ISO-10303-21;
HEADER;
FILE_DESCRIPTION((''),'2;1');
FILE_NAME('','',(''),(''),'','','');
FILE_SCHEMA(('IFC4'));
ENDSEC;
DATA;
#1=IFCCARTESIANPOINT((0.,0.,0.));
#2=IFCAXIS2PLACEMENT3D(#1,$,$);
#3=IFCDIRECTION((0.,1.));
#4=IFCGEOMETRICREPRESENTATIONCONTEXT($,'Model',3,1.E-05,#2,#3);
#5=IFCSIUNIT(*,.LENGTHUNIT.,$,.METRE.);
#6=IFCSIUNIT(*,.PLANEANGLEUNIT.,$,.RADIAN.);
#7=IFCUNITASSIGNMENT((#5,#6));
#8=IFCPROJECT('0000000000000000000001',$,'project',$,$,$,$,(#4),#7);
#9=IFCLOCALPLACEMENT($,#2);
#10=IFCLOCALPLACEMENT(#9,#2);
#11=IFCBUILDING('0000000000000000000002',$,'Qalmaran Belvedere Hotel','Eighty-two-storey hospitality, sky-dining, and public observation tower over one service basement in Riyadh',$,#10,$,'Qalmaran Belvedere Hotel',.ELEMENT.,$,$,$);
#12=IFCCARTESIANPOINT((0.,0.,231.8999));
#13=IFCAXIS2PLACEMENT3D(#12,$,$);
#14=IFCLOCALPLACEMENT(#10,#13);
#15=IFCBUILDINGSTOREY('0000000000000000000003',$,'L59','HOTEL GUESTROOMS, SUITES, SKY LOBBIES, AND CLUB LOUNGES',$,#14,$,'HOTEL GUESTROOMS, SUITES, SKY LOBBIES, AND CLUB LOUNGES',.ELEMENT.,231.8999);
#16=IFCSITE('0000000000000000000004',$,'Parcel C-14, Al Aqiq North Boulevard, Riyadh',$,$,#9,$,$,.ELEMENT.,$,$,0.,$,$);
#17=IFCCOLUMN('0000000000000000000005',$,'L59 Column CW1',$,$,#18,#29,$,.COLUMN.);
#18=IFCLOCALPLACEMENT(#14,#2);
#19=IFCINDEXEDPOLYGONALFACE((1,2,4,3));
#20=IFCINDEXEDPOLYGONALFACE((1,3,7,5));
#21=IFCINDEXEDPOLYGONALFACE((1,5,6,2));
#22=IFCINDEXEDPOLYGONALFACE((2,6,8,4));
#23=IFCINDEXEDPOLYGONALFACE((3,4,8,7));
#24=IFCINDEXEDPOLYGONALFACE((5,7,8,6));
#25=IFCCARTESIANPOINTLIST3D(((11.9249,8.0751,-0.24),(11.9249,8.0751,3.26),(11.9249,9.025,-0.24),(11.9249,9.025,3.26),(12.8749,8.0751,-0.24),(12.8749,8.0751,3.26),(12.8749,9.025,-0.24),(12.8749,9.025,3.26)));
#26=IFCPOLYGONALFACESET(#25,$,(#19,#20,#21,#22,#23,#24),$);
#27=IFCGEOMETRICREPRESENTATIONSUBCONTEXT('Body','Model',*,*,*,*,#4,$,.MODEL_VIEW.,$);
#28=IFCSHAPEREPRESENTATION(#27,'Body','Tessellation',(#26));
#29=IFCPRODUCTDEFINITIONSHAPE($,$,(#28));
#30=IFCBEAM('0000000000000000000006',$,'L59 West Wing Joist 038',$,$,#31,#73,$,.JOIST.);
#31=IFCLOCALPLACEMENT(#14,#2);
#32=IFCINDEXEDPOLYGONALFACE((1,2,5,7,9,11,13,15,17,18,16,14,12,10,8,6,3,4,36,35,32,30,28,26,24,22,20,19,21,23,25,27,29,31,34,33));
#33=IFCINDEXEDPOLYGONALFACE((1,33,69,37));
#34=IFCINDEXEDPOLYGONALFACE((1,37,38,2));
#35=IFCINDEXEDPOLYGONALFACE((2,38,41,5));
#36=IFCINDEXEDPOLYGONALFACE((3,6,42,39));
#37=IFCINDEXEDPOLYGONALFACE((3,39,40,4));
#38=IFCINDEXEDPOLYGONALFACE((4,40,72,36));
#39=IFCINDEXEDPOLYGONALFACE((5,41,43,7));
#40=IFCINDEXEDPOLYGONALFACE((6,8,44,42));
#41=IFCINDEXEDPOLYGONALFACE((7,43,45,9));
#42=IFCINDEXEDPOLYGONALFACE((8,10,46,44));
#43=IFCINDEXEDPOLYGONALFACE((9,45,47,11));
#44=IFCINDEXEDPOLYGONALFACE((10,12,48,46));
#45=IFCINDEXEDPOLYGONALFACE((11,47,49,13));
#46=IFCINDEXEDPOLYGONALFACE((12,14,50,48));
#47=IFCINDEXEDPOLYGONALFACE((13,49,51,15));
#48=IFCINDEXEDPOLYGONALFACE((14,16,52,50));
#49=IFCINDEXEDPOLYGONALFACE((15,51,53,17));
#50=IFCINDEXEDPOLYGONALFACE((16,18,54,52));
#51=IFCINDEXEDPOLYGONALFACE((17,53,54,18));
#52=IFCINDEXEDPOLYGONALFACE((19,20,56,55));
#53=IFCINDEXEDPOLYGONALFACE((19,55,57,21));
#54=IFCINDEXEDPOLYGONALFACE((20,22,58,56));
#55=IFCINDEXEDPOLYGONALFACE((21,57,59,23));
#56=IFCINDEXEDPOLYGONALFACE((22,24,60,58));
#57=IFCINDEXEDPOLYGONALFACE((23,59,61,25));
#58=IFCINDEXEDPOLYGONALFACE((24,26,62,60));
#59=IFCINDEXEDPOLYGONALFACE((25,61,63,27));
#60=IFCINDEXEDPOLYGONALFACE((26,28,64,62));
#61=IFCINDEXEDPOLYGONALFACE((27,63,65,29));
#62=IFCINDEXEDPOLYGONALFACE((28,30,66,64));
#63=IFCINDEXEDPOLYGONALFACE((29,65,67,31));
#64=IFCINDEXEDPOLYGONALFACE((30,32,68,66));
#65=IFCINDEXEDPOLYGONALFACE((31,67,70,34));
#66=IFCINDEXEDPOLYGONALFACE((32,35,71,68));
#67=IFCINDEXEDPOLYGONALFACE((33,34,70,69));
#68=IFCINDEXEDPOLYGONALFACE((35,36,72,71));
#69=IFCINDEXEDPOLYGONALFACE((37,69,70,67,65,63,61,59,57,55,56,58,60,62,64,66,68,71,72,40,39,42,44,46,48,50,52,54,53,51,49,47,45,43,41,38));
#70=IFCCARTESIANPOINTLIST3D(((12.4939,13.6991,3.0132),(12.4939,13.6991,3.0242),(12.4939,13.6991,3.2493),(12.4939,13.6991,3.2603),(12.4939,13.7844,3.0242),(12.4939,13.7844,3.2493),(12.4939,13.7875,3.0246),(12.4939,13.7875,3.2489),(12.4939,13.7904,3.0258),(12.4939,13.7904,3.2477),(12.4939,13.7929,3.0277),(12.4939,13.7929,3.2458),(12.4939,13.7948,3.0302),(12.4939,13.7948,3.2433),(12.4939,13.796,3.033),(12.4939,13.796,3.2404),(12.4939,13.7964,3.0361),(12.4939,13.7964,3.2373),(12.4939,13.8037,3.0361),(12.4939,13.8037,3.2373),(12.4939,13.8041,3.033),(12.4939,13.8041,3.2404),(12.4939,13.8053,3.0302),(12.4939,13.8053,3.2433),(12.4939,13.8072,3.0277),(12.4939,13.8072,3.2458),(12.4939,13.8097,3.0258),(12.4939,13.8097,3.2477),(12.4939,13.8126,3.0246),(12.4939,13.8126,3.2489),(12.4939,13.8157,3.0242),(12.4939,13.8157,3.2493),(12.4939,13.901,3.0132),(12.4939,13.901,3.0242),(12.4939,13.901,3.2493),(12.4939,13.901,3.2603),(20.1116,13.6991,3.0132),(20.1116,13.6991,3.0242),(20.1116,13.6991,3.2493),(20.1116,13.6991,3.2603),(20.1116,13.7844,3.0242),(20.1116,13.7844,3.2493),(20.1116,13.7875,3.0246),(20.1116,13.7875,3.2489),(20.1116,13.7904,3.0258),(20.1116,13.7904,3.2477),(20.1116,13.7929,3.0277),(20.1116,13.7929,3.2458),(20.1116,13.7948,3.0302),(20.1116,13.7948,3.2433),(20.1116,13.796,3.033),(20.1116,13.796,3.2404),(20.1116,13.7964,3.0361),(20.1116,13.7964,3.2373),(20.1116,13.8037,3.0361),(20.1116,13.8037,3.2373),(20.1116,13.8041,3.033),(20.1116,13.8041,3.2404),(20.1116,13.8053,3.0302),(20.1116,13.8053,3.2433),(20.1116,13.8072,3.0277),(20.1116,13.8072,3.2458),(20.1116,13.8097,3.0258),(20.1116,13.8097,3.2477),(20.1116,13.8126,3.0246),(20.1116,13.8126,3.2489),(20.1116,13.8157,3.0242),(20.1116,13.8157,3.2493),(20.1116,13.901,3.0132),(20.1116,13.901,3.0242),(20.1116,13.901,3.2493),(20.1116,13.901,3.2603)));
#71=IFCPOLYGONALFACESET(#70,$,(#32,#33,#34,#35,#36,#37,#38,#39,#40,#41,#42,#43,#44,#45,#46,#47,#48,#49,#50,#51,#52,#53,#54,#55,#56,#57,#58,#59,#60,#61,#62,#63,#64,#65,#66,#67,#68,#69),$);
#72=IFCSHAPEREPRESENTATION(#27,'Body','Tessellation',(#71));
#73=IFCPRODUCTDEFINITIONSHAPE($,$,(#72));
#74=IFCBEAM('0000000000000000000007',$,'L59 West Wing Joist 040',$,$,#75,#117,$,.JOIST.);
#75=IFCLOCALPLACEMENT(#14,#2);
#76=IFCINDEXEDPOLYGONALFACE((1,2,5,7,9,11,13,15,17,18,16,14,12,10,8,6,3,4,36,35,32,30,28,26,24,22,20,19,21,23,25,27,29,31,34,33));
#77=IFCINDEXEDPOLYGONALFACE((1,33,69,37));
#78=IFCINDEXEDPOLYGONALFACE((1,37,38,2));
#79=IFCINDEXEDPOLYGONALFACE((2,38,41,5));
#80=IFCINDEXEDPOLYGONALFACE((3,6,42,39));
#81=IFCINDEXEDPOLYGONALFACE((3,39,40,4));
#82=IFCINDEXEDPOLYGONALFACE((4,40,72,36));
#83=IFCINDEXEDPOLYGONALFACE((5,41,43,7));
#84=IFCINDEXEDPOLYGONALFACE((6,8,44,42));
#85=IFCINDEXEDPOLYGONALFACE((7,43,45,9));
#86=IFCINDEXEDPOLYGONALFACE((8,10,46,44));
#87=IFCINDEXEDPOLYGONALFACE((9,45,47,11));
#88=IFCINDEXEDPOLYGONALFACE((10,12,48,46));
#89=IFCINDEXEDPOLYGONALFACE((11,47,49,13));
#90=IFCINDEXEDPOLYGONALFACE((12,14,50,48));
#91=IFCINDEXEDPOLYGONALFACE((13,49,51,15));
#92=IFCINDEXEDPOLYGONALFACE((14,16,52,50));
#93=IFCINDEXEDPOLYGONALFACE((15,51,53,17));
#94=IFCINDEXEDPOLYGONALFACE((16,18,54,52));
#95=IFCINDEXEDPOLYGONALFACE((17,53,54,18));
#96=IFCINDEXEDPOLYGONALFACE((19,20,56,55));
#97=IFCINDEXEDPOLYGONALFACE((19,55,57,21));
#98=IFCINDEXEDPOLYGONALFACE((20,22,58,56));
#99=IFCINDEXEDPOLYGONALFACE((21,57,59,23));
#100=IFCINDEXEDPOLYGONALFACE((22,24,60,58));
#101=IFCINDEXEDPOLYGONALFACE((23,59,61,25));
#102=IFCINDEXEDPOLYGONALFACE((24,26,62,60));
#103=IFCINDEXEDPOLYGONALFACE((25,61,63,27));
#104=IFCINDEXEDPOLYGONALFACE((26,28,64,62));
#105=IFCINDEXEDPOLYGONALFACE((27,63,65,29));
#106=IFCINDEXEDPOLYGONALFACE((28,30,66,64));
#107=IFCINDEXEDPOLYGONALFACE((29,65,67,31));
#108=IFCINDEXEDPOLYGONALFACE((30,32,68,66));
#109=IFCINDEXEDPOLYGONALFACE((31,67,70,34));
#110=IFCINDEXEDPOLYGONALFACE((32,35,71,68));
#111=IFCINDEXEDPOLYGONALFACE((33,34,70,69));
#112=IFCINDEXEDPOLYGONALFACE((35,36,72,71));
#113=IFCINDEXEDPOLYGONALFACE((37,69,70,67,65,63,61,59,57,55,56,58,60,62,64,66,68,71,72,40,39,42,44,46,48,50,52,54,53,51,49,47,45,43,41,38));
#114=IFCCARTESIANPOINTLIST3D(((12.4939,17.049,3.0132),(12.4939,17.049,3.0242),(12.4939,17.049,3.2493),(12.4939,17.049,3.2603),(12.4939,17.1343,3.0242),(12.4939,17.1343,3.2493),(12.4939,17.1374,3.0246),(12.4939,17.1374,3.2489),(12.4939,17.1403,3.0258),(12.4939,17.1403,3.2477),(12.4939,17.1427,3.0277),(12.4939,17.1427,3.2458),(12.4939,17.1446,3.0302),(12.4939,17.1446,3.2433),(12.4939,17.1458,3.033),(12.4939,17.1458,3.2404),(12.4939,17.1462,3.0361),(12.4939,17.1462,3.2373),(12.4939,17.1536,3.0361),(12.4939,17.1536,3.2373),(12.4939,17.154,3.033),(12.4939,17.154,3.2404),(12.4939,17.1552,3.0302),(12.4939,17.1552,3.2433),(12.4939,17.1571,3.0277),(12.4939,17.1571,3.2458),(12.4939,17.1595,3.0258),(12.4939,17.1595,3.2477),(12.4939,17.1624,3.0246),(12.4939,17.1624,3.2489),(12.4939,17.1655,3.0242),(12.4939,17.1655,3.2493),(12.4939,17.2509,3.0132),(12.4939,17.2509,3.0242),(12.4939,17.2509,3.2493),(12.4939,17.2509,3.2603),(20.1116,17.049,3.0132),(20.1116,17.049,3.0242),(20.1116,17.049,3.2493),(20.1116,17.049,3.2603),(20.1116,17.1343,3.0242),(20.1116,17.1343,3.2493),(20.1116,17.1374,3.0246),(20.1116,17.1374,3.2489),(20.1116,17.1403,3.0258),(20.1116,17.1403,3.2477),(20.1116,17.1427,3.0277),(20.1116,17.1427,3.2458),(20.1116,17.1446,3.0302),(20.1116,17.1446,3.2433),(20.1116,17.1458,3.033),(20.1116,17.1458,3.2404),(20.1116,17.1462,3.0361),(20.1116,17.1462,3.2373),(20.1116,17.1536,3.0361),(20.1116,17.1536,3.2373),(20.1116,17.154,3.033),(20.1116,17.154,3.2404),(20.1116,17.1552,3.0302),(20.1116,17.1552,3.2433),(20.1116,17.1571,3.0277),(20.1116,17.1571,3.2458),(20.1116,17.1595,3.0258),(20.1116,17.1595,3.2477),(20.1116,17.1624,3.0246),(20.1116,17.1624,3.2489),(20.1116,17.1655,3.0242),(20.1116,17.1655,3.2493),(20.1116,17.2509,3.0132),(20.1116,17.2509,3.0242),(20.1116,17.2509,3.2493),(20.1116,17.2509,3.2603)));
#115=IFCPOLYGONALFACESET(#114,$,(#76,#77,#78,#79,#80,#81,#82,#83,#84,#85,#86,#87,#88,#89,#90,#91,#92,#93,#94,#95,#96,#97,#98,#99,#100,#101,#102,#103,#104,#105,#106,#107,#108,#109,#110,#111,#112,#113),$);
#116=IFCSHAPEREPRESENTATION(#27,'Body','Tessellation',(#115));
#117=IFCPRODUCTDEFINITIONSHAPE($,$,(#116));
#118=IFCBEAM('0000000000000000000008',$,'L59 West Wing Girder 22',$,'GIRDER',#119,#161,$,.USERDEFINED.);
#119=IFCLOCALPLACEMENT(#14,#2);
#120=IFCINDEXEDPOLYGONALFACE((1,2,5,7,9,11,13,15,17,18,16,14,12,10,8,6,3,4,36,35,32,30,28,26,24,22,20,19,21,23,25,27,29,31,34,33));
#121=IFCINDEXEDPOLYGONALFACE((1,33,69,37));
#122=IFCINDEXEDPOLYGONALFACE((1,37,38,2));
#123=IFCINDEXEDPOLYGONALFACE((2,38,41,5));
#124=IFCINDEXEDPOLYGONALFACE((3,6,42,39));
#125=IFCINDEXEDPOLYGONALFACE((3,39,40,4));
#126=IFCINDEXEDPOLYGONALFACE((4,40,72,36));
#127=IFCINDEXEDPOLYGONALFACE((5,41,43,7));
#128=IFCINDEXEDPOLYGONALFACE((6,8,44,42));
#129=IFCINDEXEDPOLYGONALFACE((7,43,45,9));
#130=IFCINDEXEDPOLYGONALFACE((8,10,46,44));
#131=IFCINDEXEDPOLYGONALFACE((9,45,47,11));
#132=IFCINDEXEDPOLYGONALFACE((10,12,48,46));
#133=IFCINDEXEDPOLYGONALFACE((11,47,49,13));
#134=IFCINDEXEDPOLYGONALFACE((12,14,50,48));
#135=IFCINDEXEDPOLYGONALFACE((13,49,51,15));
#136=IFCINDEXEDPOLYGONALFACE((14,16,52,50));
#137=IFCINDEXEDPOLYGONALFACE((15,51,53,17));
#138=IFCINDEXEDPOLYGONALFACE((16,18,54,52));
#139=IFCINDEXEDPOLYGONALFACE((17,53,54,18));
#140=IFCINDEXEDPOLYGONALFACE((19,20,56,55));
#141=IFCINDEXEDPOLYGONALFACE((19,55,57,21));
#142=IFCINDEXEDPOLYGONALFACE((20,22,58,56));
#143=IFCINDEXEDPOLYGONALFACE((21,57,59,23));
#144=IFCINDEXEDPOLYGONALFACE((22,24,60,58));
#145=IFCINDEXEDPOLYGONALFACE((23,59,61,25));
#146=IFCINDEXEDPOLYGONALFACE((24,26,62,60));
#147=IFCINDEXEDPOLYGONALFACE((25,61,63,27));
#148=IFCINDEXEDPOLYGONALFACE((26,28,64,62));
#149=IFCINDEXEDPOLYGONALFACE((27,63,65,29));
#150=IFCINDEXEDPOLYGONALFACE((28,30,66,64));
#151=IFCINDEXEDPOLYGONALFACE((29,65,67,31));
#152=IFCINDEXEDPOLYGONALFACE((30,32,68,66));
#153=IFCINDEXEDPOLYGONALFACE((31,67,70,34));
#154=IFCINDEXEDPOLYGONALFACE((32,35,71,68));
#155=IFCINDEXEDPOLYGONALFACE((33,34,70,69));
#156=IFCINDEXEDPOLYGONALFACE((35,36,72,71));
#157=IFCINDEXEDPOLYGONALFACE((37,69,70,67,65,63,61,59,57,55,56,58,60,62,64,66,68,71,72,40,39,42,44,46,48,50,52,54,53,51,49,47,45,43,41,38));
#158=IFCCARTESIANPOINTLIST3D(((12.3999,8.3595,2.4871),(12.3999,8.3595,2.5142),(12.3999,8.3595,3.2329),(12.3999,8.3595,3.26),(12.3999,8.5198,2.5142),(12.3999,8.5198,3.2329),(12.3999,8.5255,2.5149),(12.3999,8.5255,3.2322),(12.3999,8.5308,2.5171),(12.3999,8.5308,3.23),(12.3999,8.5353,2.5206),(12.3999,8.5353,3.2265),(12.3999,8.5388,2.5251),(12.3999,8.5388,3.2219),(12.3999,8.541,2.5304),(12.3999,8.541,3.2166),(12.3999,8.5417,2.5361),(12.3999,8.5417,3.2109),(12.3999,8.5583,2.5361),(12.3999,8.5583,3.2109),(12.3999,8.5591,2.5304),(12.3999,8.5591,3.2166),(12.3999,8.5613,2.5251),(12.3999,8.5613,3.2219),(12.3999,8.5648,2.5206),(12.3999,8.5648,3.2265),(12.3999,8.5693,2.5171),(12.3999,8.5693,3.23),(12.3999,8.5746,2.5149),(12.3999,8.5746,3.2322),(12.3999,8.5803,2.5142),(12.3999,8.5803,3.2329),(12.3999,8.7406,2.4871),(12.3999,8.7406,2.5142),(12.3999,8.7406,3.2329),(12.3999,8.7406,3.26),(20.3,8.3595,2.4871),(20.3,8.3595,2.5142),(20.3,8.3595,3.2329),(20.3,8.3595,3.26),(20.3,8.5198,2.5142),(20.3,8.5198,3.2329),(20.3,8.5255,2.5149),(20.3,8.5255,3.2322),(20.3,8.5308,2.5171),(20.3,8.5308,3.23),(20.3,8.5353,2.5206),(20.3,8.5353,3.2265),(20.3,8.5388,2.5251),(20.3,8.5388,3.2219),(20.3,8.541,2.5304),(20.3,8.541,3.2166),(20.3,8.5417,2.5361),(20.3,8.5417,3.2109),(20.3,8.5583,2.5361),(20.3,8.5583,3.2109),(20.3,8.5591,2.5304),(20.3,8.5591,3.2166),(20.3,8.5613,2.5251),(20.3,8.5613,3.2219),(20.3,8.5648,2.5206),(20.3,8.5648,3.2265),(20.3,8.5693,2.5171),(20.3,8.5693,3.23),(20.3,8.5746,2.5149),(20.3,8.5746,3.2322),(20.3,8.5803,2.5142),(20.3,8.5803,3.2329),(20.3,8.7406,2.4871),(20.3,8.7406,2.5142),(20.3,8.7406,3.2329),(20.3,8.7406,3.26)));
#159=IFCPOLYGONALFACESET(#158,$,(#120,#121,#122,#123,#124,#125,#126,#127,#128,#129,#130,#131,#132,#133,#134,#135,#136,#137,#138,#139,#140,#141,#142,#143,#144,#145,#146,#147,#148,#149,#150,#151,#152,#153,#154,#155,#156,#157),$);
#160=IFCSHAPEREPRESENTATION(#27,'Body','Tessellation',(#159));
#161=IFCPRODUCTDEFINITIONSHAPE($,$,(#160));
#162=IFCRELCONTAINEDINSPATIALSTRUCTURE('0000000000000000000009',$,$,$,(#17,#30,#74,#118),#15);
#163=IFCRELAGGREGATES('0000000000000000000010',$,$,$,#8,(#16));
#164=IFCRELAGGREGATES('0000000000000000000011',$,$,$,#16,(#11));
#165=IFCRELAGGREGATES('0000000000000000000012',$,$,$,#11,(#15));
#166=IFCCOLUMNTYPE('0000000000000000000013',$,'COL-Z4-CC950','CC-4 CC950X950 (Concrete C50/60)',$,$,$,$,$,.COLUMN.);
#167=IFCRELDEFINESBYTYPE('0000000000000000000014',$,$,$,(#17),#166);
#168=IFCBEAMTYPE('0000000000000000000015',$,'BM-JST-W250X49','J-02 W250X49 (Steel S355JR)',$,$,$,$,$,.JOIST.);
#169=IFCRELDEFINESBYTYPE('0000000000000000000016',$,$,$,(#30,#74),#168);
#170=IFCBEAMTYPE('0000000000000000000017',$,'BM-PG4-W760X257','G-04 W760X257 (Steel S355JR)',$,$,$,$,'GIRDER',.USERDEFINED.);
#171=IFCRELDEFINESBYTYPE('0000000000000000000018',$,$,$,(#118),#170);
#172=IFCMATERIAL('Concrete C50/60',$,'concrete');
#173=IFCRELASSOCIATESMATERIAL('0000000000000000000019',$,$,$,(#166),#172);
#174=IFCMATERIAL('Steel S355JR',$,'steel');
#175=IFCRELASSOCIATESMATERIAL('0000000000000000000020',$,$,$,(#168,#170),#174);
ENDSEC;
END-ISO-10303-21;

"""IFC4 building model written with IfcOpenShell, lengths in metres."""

from ifc_helpers import new_model, si_unit, direction, frame, origin, origin_2d, place, context, subcontext, project, spatial, rectangle, i_section, extrude, material, material_profile, profile_set, type_object, element, save


model = new_model("IFC4")

# Units and contexts
model_context = context("Model", 3, precision=1e-05, world=origin(), true_north=direction((0.0, 1.0)))
body_context = subcontext(model_context, "Body", "Model", "MODEL_VIEW")
ifc_project = project(units=[si_unit("LENGTHUNIT", "METRE"), si_unit("PLANEANGLEUNIT", "RADIAN")], contexts=[model_context])

# Site, building, storey
site_placement = place(None, origin())
site = spatial("IfcSite", under=ifc_project, at=site_placement, Name="Parcel C-14, Al Aqiq North Boulevard, Riyadh", CompositionType="ELEMENT", RefElevation=0.0)
building_placement = place(site_placement, origin())
building = spatial("IfcBuilding", under=site, at=building_placement, Name="Qalmaran Belvedere Hotel", Description="Eighty-two-storey hospitality, sky-dining, and public observation tower over one service basement in Riyadh", LongName="Qalmaran Belvedere Hotel", CompositionType="ELEMENT")
storey_placement = place(building_placement, frame((0.0, 0.0, 231.8999)))
storey = spatial("IfcBuildingStorey", under=building, at=storey_placement, Name="L59", Description="HOTEL GUESTROOMS, SUITES, SKY LOBBIES, AND CLUB LOUNGES", LongName="HOTEL GUESTROOMS, SUITES, SKY LOBBIES, AND CLUB LOUNGES", CompositionType="ELEMENT", Elevation=231.8999)

# Column
ifc_material_1 = material(Name="Concrete C50/60", Category="concrete")
ifc_material_profile_1 = material_profile(ifc_material_1, rectangle(XDim=0.95, YDim=0.95, at=origin_2d()), Name="CC950X950")
ifc_profile_set_1 = profile_set([ifc_material_profile_1], Name="Concrete C50/60")
column_type = type_object("IfcColumnType", Name="COL-Z4-CC950", Description="CC-4 CC950X950 (Concrete C50/60)", PredefinedType="COLUMN", material=ifc_profile_set_1)
column_placement = place(storey_placement, frame((12.3999, 8.55, -0.24), z_axis=(0.0, 0.0, 1.0), x_axis=(1.0, 0.0, 0.0)))
element("IfcColumn", 1, at=column_placement, inside=storey, type_object=column_type, Name="L59 Column CW1", PredefinedType="COLUMN", context=body_context, shape_type="SweptSolid", body=[
    extrude(rectangle(XDim=0.95, YDim=0.95, at=origin_2d()), origin(), (0.0, 0.0, 1.0), 3.5),
])

# Beams
ifc_material_2 = material(Name="Steel S355JR", Category="steel")
ifc_material_profile_2 = material_profile(ifc_material_2, i_section(OverallWidth=0.2019, OverallDepth=0.2471, WebThickness=0.0073, FlangeThickness=0.011, FilletRadius=0.012, at=origin_2d()), Name="W250X49")
ifc_profile_set_2 = profile_set([ifc_material_profile_2], Name="Steel S355JR")
beam_type_1 = type_object("IfcBeamType", Name="BM-JST-W250X49", Description="J-02 W250X49 (Steel S355JR)", PredefinedType="JOIST", material=ifc_profile_set_2)
for number, where, z_axis, x_axis, name in (
    (2, (12.4939, 13.8, 3.1367), (1.0, 0.0, 0.0), (0.0, 1.0, 0.0), "L59 West Wing Joist 038"),
    (3, (12.4939, 17.1499, 3.1367), (1.0, 0.0, 0.0), (0.0, 1.0, 0.0), "L59 West Wing Joist 040"),
):
    element("IfcBeam", number, at=place(storey_placement, frame(where, z_axis=z_axis, x_axis=x_axis)), inside=storey, type_object=beam_type_1, Name=name, PredefinedType="JOIST", context=body_context, shape_type="SweptSolid", body=[
        extrude(i_section(OverallWidth=0.2019, OverallDepth=0.2471, WebThickness=0.0073, FlangeThickness=0.011, FilletRadius=0.012, at=origin_2d()), origin(), (0.0, 0.0, 1.0), 7.6177),
    ])
ifc_material_profile_3 = material_profile(ifc_material_2, i_section(OverallWidth=0.3811, OverallDepth=0.7729, WebThickness=0.0166, FlangeThickness=0.0271, FilletRadius=0.022, at=origin_2d()), Name="W760X257")
ifc_profile_set_3 = profile_set([ifc_material_profile_3], Name="Steel S355JR")
beam_type_2 = type_object("IfcBeamType", Name="BM-PG4-W760X257", Description="G-04 W760X257 (Steel S355JR)", ElementType="GIRDER", PredefinedType="USERDEFINED", material=ifc_profile_set_3)
beam_1_placement = place(storey_placement, frame((12.3999, 8.55, 2.8735), z_axis=(1.0, 0.0, 0.0), x_axis=(0.0, 1.0, 0.0)))
element("IfcBeam", 4, at=beam_1_placement, inside=storey, type_object=beam_type_2, Name="L59 West Wing Girder 22", ObjectType="GIRDER", PredefinedType="USERDEFINED", context=body_context, shape_type="SweptSolid", body=[
    extrude(i_section(OverallWidth=0.3811, OverallDepth=0.7729, WebThickness=0.0166, FlangeThickness=0.0271, FilletRadius=0.022, at=origin_2d()), origin(), (0.0, 0.0, 1.0), 7.9001),
])

save(model, "model.ifc")
